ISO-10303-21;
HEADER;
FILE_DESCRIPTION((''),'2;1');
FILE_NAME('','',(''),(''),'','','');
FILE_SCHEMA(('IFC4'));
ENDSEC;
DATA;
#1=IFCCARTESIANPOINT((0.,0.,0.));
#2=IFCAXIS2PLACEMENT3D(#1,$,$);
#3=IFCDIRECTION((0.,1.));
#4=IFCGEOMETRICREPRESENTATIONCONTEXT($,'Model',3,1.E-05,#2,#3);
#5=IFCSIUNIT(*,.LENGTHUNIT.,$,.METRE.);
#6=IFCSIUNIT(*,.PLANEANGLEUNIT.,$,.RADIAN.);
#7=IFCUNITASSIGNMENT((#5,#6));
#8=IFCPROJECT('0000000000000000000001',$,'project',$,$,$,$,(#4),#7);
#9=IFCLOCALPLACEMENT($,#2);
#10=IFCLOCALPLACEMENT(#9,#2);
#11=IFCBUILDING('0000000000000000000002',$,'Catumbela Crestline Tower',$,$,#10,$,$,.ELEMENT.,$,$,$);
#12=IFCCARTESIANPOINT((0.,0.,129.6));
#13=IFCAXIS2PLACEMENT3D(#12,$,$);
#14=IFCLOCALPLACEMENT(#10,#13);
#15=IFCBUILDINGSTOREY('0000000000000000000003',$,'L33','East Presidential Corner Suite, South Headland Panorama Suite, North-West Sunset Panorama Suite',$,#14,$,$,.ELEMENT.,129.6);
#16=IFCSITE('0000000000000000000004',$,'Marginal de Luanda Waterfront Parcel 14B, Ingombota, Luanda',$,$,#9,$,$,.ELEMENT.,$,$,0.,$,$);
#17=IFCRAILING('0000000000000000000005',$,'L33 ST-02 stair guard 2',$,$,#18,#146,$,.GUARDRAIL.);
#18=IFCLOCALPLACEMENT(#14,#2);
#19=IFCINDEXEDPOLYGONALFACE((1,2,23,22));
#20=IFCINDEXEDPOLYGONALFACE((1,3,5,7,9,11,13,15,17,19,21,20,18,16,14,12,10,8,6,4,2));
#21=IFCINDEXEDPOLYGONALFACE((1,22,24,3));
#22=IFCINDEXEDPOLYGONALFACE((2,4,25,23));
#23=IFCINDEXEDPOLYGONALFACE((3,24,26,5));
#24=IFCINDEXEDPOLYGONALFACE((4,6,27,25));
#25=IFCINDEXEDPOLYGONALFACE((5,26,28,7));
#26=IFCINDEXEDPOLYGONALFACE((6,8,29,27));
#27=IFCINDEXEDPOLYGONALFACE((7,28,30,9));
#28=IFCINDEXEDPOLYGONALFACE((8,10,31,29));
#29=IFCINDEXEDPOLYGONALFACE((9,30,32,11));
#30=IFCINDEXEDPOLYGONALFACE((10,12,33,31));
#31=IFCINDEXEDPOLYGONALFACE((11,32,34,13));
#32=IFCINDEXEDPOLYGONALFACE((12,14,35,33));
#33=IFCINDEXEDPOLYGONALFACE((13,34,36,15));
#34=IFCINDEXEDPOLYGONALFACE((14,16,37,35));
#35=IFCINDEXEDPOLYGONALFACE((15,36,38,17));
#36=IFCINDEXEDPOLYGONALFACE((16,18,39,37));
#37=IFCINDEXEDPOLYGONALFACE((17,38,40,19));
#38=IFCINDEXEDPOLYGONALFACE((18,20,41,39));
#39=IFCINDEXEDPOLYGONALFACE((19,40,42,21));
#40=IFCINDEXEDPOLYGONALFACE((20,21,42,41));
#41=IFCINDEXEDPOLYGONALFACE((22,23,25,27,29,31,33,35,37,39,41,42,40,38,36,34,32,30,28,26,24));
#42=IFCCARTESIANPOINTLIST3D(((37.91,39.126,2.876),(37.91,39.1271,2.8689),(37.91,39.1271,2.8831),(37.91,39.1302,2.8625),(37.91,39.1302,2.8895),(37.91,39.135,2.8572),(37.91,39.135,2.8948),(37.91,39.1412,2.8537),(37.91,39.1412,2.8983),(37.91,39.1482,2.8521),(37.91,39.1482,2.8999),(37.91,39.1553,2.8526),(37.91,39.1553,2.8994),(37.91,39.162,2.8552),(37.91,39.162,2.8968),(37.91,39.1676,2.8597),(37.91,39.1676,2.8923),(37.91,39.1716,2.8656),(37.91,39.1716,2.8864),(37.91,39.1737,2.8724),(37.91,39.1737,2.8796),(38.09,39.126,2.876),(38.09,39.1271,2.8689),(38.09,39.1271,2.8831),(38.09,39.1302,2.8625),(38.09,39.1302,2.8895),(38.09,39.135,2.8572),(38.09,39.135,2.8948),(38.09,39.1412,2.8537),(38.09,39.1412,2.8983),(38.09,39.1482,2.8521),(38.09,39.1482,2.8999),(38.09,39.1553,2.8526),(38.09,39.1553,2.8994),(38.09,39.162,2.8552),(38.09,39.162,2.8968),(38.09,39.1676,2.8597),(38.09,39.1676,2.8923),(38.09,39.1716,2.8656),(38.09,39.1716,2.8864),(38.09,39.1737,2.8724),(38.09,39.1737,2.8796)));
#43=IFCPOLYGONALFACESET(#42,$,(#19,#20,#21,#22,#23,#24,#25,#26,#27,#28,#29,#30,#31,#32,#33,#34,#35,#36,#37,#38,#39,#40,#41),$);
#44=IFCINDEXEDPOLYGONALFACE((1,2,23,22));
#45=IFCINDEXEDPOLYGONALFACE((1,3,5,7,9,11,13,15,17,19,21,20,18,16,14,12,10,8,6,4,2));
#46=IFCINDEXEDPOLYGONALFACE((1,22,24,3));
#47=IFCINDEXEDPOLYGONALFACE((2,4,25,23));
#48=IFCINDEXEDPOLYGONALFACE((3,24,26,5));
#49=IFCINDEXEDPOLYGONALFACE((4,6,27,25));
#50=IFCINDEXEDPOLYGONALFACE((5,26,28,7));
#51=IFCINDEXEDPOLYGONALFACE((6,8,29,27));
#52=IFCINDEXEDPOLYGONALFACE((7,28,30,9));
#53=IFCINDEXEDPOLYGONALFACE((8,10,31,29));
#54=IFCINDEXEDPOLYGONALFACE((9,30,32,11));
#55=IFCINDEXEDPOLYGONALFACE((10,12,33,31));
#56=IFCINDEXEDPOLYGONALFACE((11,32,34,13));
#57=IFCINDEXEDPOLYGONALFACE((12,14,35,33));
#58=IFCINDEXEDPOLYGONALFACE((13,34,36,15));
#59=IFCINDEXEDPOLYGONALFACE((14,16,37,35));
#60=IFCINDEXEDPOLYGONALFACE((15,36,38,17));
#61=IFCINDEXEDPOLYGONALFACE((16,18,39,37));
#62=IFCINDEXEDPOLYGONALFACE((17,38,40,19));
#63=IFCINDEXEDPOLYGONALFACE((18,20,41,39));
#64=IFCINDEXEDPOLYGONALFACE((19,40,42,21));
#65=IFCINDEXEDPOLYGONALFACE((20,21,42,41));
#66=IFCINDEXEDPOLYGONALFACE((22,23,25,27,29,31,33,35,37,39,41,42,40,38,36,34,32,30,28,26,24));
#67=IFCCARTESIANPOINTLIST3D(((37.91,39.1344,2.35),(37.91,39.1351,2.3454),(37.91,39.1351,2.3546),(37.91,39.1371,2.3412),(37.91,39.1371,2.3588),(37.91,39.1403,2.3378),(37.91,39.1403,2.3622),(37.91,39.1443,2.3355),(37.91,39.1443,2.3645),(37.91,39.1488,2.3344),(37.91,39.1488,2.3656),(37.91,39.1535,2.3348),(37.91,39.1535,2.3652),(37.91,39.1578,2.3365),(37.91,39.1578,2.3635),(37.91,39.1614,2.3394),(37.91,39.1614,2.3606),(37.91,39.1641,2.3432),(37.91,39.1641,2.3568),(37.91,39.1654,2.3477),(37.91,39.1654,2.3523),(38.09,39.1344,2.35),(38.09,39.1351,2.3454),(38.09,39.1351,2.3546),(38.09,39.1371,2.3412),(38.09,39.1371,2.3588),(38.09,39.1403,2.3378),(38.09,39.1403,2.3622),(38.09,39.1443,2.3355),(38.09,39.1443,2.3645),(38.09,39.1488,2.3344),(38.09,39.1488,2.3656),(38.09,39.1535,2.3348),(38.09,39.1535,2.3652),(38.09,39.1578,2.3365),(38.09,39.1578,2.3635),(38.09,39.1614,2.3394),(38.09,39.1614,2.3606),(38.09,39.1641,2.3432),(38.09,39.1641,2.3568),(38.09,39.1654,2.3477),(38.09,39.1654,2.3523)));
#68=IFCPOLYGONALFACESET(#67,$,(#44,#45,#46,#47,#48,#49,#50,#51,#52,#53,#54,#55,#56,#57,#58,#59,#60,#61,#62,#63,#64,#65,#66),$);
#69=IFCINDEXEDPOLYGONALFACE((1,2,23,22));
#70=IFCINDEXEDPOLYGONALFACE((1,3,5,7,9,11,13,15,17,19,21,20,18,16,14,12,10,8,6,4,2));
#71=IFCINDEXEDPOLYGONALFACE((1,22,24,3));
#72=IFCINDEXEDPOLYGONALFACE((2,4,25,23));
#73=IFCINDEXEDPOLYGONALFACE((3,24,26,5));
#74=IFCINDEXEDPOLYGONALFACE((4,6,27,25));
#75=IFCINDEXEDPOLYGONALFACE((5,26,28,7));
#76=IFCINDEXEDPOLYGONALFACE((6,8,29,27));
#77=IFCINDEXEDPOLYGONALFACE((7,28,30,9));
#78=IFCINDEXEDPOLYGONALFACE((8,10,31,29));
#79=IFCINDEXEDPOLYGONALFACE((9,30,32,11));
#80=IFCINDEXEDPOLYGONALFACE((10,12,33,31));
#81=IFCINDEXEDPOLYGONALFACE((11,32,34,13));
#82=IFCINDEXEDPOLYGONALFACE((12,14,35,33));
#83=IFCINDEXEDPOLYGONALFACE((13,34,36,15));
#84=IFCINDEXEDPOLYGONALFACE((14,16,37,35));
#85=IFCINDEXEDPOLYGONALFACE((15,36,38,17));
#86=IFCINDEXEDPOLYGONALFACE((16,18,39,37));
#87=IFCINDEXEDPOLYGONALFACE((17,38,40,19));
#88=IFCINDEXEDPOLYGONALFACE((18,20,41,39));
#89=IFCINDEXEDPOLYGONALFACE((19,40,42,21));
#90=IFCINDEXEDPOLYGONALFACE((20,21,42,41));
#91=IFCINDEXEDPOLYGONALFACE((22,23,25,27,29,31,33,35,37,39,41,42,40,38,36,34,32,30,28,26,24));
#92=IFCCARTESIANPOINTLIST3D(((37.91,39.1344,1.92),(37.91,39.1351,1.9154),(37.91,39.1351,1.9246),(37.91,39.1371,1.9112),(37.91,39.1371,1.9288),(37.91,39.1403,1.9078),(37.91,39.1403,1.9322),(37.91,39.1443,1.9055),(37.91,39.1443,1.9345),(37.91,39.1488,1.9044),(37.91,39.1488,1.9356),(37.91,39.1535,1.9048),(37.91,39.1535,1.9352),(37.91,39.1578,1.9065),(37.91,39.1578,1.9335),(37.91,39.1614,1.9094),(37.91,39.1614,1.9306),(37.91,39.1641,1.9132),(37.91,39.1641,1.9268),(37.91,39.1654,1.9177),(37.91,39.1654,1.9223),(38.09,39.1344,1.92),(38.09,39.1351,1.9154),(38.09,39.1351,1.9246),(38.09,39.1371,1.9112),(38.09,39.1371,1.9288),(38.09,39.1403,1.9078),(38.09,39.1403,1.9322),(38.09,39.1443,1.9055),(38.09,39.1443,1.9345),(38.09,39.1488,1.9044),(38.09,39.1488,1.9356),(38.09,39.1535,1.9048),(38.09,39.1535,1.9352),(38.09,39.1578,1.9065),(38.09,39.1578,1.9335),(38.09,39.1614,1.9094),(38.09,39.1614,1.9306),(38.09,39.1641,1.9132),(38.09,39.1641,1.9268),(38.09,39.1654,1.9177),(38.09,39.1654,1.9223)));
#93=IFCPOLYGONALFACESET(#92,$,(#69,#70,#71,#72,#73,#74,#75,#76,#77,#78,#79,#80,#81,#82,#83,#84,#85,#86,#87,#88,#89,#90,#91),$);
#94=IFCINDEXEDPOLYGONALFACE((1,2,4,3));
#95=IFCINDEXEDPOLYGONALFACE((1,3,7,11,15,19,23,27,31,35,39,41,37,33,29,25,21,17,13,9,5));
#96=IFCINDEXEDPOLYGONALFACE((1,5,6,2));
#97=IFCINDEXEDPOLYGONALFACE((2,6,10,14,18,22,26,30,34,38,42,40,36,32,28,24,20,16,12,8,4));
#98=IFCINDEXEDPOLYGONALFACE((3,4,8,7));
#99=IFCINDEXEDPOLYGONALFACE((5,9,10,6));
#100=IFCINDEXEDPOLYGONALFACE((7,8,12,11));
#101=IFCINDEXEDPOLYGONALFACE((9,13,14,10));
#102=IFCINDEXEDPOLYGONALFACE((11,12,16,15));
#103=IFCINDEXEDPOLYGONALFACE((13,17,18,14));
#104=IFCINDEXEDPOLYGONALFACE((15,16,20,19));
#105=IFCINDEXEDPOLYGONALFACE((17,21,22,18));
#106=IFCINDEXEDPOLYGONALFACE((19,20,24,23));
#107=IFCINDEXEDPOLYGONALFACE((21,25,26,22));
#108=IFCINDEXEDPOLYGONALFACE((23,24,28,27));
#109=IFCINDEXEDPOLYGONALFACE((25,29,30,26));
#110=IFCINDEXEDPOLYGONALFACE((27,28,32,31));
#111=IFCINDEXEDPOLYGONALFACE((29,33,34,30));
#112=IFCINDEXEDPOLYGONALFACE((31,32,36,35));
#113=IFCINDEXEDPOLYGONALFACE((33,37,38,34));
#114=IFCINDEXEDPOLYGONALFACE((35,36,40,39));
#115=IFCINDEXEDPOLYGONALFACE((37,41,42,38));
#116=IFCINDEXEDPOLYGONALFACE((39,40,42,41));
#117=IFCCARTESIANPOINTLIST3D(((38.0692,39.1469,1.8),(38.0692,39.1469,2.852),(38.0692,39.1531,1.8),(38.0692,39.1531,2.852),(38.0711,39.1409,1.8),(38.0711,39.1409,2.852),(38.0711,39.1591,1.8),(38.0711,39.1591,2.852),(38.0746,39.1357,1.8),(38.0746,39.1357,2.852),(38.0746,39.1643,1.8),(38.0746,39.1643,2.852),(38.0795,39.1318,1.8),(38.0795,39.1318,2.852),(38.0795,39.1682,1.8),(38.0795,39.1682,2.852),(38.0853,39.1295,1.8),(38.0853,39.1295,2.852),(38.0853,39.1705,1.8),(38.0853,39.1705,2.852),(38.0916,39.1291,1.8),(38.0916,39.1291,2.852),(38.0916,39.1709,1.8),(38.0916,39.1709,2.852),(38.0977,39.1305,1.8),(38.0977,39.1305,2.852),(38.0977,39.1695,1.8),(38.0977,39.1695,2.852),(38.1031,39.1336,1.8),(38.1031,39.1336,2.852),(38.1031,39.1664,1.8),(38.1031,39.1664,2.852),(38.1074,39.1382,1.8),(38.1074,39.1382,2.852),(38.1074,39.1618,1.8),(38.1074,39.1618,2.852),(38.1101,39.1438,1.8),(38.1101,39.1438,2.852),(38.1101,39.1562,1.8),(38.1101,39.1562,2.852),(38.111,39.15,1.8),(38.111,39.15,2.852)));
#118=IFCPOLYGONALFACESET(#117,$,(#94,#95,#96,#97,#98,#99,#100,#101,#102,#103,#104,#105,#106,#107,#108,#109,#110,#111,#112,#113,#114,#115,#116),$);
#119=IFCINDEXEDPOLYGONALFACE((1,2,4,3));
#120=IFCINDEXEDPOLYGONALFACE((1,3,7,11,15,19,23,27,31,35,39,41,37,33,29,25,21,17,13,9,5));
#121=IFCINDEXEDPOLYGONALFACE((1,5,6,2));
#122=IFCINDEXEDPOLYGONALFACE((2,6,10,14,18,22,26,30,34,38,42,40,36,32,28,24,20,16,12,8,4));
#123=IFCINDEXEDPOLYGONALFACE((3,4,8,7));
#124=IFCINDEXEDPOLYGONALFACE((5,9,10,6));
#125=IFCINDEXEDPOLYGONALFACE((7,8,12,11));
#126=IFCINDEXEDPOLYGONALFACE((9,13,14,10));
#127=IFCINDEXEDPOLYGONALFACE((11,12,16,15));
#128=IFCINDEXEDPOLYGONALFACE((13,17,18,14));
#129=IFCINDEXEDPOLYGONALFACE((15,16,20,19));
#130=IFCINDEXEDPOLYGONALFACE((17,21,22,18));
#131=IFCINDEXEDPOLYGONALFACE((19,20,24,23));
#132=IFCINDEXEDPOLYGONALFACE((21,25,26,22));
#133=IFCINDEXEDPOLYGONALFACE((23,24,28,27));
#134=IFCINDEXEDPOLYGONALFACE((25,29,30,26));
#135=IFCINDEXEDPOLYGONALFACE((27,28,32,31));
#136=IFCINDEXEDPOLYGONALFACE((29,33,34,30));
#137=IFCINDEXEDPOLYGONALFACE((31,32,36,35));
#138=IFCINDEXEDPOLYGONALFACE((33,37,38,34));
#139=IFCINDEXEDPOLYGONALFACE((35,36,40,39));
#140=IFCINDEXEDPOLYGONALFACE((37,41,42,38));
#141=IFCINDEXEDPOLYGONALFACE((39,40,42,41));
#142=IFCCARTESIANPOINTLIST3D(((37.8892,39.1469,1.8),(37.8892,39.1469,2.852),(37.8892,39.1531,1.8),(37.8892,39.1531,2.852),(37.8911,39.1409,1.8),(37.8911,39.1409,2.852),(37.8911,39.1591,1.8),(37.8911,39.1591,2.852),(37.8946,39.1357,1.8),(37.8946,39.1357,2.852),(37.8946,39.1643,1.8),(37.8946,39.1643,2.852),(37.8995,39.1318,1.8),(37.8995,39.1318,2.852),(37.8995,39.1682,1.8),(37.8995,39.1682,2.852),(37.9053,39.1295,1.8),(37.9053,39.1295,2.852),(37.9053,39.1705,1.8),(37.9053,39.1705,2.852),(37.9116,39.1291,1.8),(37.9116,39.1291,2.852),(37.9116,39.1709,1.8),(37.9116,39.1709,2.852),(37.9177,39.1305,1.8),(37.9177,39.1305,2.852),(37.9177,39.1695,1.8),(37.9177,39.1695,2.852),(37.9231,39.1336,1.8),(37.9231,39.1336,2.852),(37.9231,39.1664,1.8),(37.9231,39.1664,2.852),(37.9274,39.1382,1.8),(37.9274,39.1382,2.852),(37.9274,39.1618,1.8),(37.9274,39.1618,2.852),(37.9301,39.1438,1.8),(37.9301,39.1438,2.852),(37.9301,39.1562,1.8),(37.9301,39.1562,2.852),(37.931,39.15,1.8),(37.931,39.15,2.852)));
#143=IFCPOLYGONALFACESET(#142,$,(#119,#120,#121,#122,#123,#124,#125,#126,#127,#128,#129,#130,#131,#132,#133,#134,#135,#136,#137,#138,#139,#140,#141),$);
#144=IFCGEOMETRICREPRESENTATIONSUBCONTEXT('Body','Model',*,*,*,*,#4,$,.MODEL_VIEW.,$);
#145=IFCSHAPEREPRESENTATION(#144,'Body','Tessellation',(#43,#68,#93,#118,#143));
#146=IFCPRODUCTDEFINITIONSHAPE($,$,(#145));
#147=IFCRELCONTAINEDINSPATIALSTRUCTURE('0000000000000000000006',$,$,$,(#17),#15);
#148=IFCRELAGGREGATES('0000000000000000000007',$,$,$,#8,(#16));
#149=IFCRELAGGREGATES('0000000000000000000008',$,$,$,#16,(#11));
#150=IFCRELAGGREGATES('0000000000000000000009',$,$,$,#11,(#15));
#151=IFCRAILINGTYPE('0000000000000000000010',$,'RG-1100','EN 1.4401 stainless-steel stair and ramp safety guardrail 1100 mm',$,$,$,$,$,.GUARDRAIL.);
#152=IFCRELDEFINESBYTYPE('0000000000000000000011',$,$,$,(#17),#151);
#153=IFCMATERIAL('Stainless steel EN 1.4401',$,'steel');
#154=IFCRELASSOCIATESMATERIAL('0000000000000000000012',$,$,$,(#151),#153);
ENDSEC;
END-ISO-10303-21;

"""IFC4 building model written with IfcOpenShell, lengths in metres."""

from ifc_helpers import new_model, si_unit, direction, frame, origin, origin_2d, place, context, subcontext, project, spatial, circle, extrude, material, type_object, element, save


model = new_model("IFC4")

# Units and contexts
model_context = context("Model", 3, precision=1e-05, world=origin(), true_north=direction((0.0, 1.0)))
body_context = subcontext(model_context, "Body", "Model", "MODEL_VIEW")
ifc_project = project(units=[si_unit("LENGTHUNIT", "METRE"), si_unit("PLANEANGLEUNIT", "RADIAN")], contexts=[model_context])

# Site, building, storey
site_placement = place(None, origin())
site = spatial("IfcSite", under=ifc_project, at=site_placement, Name="Marginal de Luanda Waterfront Parcel 14B, Ingombota, Luanda", CompositionType="ELEMENT", RefElevation=0.0)
building_placement = place(site_placement, origin())
building = spatial("IfcBuilding", under=site, at=building_placement, Name="Catumbela Crestline Tower", CompositionType="ELEMENT")
storey_placement = place(building_placement, frame((0.0, 0.0, 129.6)))
storey = spatial("IfcBuildingStorey", under=building, at=storey_placement, Name="L33", Description="East Presidential Corner Suite, South Headland Panorama Suite, North-West Sunset Panorama Suite", CompositionType="ELEMENT", Elevation=129.6)

# Shared definitions
ifc_material_1 = material(Name="Stainless steel EN 1.4401", Category="steel")

# Railing
railing_type_1 = type_object("IfcRailingType", Name="RG-1100", Description="EN 1.4401 stainless-steel stair and ramp safety guardrail 1100 mm", PredefinedType="GUARDRAIL", material=ifc_material_1)
railing_1_placement = place(storey_placement, frame((38.09, 39.15, 1.8)))
element("IfcRailing", 1, at=railing_1_placement, inside=storey, type_object=railing_type_1, Name="L33 ST-02 stair guard 2", PredefinedType="GUARDRAIL", context=body_context, shape_type="SweptSolid", body=[
    extrude(circle(Radius=0.024, at=origin_2d()), frame((0.0, 0.0, 1.076), z_axis=(-1.0, 0.0, 0.0), x_axis=(0.0, -1.0, 0.0)), (0.0, 0.0, 1.0), 0.18),
    extrude(circle(Radius=0.0156, at=origin_2d()), frame((0.0, 0.0, 0.55), z_axis=(-1.0, 0.0, 0.0), x_axis=(0.0, -1.0, 0.0)), (0.0, 0.0, 1.0), 0.18),
    extrude(circle(Radius=0.0156, at=origin_2d()), frame((0.0, 0.0, 0.12), z_axis=(-1.0, 0.0, 0.0), x_axis=(0.0, -1.0, 0.0)), (0.0, 0.0, 1.0), 0.18),
    extrude(circle(Radius=0.021, at=origin_2d()), origin(), (0.0, 0.0, 1.0), 1.052),
    extrude(circle(Radius=0.021, at=origin_2d()), frame((-0.18, 0.0, 0.0)), (0.0, 0.0, 1.0), 1.052),
])

save(model, "model.ifc")
